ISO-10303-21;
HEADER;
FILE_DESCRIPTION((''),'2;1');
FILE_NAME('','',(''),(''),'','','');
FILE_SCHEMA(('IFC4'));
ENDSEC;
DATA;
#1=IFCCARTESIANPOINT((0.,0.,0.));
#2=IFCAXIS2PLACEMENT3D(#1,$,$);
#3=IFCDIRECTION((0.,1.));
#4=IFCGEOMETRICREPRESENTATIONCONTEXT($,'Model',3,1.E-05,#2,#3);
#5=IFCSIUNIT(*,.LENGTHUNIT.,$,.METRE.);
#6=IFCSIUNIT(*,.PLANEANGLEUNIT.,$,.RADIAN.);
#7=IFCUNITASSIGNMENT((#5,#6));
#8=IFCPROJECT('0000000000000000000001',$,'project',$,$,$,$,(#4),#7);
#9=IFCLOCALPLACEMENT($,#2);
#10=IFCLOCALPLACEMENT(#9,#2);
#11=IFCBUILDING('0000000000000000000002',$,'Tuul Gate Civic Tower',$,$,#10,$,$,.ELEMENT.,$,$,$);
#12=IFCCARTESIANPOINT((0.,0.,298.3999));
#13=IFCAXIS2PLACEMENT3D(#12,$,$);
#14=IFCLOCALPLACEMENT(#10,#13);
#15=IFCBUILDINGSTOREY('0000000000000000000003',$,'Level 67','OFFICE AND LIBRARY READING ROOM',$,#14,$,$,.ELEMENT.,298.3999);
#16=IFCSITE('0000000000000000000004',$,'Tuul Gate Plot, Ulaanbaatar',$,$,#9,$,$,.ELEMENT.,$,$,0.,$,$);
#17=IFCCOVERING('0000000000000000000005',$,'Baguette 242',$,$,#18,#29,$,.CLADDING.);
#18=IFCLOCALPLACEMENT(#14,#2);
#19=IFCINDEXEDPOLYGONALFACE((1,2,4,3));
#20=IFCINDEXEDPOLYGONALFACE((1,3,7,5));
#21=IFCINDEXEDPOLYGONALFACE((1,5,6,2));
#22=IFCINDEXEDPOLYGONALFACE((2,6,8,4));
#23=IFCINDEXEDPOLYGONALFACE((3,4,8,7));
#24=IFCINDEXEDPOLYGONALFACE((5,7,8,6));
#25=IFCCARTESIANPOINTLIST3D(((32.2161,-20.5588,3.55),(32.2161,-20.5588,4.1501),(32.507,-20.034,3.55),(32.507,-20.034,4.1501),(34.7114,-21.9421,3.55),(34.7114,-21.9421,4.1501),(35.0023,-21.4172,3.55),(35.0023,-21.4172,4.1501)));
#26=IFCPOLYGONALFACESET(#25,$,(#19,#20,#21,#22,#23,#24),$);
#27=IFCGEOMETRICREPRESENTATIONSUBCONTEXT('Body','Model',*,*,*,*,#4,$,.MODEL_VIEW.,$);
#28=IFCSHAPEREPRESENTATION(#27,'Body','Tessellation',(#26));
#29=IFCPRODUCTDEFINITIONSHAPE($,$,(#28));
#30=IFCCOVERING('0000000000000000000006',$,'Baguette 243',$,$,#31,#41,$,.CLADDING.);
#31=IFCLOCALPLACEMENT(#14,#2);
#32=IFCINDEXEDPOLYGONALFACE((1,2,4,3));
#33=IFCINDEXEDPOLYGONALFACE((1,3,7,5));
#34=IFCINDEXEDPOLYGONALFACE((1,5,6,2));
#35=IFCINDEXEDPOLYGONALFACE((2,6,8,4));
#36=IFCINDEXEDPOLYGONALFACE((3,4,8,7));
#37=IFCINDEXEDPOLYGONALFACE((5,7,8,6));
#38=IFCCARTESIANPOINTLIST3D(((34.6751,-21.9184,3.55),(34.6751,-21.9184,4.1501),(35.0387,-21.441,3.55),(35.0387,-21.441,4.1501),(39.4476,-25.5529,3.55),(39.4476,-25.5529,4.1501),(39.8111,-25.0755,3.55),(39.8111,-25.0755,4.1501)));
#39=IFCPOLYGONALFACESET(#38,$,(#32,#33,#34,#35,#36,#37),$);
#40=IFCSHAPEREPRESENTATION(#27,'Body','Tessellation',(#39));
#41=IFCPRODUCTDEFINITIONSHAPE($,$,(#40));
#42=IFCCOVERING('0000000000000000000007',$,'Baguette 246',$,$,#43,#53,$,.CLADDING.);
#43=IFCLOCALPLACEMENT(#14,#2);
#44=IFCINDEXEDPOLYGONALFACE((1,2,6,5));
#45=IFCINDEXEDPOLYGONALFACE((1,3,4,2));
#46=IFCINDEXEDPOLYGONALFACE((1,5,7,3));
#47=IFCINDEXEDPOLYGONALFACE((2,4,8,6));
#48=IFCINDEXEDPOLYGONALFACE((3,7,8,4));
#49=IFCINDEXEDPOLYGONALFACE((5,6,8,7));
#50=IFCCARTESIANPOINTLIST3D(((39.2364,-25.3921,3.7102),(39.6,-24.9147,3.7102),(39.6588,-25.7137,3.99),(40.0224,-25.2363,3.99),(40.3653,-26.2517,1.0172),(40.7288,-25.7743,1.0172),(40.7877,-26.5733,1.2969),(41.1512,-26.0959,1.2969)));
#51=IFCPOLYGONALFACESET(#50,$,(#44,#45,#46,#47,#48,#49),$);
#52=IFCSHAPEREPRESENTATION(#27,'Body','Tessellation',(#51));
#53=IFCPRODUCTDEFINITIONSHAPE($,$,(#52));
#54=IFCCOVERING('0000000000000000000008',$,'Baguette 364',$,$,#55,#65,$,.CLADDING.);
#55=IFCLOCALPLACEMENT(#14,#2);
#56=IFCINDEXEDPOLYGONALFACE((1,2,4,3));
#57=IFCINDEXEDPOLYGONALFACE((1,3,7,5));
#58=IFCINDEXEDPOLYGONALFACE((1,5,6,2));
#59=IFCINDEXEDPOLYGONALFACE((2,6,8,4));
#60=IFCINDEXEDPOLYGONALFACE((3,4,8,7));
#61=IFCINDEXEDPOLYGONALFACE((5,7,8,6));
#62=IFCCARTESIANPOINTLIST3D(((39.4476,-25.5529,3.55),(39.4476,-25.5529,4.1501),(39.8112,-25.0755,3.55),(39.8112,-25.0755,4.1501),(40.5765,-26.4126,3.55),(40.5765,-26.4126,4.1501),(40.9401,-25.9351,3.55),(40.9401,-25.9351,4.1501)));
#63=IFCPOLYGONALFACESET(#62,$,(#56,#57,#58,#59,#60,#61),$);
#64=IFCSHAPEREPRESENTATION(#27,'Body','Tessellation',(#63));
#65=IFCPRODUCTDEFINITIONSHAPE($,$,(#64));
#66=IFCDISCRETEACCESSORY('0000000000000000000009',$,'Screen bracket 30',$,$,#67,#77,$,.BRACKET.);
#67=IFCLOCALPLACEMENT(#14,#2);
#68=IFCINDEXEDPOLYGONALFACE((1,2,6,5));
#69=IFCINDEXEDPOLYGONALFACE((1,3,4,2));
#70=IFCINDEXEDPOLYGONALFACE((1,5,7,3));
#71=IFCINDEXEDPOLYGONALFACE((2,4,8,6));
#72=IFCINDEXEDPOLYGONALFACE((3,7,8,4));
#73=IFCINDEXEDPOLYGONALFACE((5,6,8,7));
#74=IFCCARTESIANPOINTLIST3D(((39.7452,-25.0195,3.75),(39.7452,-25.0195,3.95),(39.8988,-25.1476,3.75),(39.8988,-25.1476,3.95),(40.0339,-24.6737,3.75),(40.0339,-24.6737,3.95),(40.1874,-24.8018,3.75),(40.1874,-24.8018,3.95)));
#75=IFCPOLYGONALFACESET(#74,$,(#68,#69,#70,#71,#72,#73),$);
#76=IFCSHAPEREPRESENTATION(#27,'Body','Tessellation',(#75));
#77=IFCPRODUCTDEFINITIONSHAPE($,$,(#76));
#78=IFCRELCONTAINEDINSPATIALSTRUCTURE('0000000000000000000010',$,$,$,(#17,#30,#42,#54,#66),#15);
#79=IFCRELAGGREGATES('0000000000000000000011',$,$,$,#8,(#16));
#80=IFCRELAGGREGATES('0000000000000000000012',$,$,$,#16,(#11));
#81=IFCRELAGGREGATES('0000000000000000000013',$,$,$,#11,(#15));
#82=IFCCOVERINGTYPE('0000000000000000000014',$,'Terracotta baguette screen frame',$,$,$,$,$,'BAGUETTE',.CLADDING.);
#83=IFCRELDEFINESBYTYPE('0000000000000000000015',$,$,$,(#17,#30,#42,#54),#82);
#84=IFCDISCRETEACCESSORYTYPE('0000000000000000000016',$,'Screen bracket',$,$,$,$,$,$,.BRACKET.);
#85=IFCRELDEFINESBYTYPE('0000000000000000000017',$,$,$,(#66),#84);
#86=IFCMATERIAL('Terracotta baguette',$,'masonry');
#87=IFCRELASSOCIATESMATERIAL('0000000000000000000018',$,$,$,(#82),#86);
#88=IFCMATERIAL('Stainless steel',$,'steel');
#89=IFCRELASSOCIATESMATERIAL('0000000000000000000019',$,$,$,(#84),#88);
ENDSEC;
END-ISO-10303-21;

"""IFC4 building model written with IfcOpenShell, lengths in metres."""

from ifc_helpers import new_model, si_unit, direction, frame, origin, origin_2d, place, context, subcontext, project, spatial, rectangle, extrude, material, material_profile, profile_set, type_object, element, save


model = new_model("IFC4")

# Units and contexts
model_context = context("Model", 3, precision=1e-05, world=origin(), true_north=direction((0.0, 1.0)))
body_context = subcontext(model_context, "Body", "Model", "MODEL_VIEW")
ifc_project = project(units=[si_unit("LENGTHUNIT", "METRE"), si_unit("PLANEANGLEUNIT", "RADIAN")], contexts=[model_context])

# Site, building, storey
site_placement = place(None, origin())
site = spatial("IfcSite", under=ifc_project, at=site_placement, Name="Tuul Gate Plot, Ulaanbaatar", CompositionType="ELEMENT", RefElevation=0.0)
building_placement = place(site_placement, origin())
building = spatial("IfcBuilding", under=site, at=building_placement, Name="Tuul Gate Civic Tower", CompositionType="ELEMENT")
storey_placement = place(building_placement, frame((0.0, 0.0, 298.3999)))
storey = spatial("IfcBuildingStorey", under=building, at=storey_placement, Name="Level 67", Description="OFFICE AND LIBRARY READING ROOM", CompositionType="ELEMENT", Elevation=298.3999)

# Coverings
ifc_material_1 = material(Name="Terracotta baguette", Category="masonry")
ifc_material_profile_1 = material_profile(ifc_material_1, rectangle(XDim=0.6001, YDim=0.6001, at=origin_2d()), Name="Terracotta baguette screen frame")
ifc_profile_set_1 = profile_set([ifc_material_profile_1], Name="Terracotta baguette")
covering_type = type_object("IfcCoveringType", Name="Terracotta baguette screen frame", ElementType="BAGUETTE", PredefinedType="CLADDING", material=ifc_profile_set_1)
covering_1_placement = place(storey_placement, frame((32.3616, -20.2964, 3.8501), z_axis=(0.874605, -0.484836, 0.0), x_axis=(0.484836, 0.874605, 0.0)))
element("IfcCovering", 1, at=covering_1_placement, inside=storey, type_object=covering_type, Name="Baguette 242", PredefinedType="CLADDING", context=body_context, shape_type="SweptSolid", body=[
    extrude(rectangle(XDim=0.6001, YDim=0.6001, at=origin_2d()), origin(), (0.0, 0.0, 1.0), 2.853),
])
covering_2_placement = place(storey_placement, frame((34.8569, -21.6797, 3.8501), z_axis=(0.795563, -0.60587, 0.0), x_axis=(0.60587, 0.795563, 0.0)))
element("IfcCovering", 2, at=covering_2_placement, inside=storey, type_object=covering_type, Name="Baguette 243", PredefinedType="CLADDING", context=body_context, shape_type="SweptSolid", body=[
    extrude(rectangle(XDim=0.6001, YDim=0.6001, at=origin_2d()), origin(), (0.0, 0.0, 1.0), 5.9988),
])
covering_3_placement = place(storey_placement, frame((39.6294, -25.3142, 3.8501), z_axis=(0.370857, -0.282393, -0.884714), x_axis=(0.60582, 0.795602, 0.0)))
element("IfcCovering", 3, at=covering_3_placement, inside=storey, type_object=covering_type, Name="Baguette 246", PredefinedType="CLADDING", context=body_context, shape_type="SweptSolid", body=[
    extrude(rectangle(XDim=0.6001, YDim=0.6001, at=origin_2d()), origin(), (0.0, 0.0, 1.0), 3.0439),
])
covering_4_placement = place(storey_placement, frame((39.6294, -25.3142, 3.8501), z_axis=(0.795602, -0.60582, 0.0), x_axis=(0.60582, 0.795602, 0.0)))
element("IfcCovering", 4, at=covering_4_placement, inside=storey, type_object=covering_type, Name="Baguette 364", PredefinedType="CLADDING", context=body_context, shape_type="SweptSolid", body=[
    extrude(rectangle(XDim=0.6001, YDim=0.6001, at=origin_2d()), origin(), (0.0, 0.0, 1.0), 1.4189),
])

# Discrete accessory
ifc_material_2 = material(Name="Stainless steel", Category="steel")
discrete_accessory_type = type_object("IfcDiscreteAccessoryType", Name="Screen bracket", PredefinedType="BRACKET", material=ifc_material_2)
discrete_accessory_placement = place(storey_placement, frame((39.9663, -24.9106, 3.75), z_axis=(0.0, 0.0, 1.0), x_axis=(-0.640754, -0.767746, 0.0)))
element("IfcDiscreteAccessory", 5, at=discrete_accessory_placement, inside=storey, type_object=discrete_accessory_type, Name="Screen bracket 30", PredefinedType="BRACKET", context=body_context, shape_type="SweptSolid", body=[
    extrude(rectangle(XDim=0.4504, YDim=0.2, at=origin_2d()), origin(), (0.0, 0.0, 1.0), 0.2),
])

save(model, "model.ifc")
